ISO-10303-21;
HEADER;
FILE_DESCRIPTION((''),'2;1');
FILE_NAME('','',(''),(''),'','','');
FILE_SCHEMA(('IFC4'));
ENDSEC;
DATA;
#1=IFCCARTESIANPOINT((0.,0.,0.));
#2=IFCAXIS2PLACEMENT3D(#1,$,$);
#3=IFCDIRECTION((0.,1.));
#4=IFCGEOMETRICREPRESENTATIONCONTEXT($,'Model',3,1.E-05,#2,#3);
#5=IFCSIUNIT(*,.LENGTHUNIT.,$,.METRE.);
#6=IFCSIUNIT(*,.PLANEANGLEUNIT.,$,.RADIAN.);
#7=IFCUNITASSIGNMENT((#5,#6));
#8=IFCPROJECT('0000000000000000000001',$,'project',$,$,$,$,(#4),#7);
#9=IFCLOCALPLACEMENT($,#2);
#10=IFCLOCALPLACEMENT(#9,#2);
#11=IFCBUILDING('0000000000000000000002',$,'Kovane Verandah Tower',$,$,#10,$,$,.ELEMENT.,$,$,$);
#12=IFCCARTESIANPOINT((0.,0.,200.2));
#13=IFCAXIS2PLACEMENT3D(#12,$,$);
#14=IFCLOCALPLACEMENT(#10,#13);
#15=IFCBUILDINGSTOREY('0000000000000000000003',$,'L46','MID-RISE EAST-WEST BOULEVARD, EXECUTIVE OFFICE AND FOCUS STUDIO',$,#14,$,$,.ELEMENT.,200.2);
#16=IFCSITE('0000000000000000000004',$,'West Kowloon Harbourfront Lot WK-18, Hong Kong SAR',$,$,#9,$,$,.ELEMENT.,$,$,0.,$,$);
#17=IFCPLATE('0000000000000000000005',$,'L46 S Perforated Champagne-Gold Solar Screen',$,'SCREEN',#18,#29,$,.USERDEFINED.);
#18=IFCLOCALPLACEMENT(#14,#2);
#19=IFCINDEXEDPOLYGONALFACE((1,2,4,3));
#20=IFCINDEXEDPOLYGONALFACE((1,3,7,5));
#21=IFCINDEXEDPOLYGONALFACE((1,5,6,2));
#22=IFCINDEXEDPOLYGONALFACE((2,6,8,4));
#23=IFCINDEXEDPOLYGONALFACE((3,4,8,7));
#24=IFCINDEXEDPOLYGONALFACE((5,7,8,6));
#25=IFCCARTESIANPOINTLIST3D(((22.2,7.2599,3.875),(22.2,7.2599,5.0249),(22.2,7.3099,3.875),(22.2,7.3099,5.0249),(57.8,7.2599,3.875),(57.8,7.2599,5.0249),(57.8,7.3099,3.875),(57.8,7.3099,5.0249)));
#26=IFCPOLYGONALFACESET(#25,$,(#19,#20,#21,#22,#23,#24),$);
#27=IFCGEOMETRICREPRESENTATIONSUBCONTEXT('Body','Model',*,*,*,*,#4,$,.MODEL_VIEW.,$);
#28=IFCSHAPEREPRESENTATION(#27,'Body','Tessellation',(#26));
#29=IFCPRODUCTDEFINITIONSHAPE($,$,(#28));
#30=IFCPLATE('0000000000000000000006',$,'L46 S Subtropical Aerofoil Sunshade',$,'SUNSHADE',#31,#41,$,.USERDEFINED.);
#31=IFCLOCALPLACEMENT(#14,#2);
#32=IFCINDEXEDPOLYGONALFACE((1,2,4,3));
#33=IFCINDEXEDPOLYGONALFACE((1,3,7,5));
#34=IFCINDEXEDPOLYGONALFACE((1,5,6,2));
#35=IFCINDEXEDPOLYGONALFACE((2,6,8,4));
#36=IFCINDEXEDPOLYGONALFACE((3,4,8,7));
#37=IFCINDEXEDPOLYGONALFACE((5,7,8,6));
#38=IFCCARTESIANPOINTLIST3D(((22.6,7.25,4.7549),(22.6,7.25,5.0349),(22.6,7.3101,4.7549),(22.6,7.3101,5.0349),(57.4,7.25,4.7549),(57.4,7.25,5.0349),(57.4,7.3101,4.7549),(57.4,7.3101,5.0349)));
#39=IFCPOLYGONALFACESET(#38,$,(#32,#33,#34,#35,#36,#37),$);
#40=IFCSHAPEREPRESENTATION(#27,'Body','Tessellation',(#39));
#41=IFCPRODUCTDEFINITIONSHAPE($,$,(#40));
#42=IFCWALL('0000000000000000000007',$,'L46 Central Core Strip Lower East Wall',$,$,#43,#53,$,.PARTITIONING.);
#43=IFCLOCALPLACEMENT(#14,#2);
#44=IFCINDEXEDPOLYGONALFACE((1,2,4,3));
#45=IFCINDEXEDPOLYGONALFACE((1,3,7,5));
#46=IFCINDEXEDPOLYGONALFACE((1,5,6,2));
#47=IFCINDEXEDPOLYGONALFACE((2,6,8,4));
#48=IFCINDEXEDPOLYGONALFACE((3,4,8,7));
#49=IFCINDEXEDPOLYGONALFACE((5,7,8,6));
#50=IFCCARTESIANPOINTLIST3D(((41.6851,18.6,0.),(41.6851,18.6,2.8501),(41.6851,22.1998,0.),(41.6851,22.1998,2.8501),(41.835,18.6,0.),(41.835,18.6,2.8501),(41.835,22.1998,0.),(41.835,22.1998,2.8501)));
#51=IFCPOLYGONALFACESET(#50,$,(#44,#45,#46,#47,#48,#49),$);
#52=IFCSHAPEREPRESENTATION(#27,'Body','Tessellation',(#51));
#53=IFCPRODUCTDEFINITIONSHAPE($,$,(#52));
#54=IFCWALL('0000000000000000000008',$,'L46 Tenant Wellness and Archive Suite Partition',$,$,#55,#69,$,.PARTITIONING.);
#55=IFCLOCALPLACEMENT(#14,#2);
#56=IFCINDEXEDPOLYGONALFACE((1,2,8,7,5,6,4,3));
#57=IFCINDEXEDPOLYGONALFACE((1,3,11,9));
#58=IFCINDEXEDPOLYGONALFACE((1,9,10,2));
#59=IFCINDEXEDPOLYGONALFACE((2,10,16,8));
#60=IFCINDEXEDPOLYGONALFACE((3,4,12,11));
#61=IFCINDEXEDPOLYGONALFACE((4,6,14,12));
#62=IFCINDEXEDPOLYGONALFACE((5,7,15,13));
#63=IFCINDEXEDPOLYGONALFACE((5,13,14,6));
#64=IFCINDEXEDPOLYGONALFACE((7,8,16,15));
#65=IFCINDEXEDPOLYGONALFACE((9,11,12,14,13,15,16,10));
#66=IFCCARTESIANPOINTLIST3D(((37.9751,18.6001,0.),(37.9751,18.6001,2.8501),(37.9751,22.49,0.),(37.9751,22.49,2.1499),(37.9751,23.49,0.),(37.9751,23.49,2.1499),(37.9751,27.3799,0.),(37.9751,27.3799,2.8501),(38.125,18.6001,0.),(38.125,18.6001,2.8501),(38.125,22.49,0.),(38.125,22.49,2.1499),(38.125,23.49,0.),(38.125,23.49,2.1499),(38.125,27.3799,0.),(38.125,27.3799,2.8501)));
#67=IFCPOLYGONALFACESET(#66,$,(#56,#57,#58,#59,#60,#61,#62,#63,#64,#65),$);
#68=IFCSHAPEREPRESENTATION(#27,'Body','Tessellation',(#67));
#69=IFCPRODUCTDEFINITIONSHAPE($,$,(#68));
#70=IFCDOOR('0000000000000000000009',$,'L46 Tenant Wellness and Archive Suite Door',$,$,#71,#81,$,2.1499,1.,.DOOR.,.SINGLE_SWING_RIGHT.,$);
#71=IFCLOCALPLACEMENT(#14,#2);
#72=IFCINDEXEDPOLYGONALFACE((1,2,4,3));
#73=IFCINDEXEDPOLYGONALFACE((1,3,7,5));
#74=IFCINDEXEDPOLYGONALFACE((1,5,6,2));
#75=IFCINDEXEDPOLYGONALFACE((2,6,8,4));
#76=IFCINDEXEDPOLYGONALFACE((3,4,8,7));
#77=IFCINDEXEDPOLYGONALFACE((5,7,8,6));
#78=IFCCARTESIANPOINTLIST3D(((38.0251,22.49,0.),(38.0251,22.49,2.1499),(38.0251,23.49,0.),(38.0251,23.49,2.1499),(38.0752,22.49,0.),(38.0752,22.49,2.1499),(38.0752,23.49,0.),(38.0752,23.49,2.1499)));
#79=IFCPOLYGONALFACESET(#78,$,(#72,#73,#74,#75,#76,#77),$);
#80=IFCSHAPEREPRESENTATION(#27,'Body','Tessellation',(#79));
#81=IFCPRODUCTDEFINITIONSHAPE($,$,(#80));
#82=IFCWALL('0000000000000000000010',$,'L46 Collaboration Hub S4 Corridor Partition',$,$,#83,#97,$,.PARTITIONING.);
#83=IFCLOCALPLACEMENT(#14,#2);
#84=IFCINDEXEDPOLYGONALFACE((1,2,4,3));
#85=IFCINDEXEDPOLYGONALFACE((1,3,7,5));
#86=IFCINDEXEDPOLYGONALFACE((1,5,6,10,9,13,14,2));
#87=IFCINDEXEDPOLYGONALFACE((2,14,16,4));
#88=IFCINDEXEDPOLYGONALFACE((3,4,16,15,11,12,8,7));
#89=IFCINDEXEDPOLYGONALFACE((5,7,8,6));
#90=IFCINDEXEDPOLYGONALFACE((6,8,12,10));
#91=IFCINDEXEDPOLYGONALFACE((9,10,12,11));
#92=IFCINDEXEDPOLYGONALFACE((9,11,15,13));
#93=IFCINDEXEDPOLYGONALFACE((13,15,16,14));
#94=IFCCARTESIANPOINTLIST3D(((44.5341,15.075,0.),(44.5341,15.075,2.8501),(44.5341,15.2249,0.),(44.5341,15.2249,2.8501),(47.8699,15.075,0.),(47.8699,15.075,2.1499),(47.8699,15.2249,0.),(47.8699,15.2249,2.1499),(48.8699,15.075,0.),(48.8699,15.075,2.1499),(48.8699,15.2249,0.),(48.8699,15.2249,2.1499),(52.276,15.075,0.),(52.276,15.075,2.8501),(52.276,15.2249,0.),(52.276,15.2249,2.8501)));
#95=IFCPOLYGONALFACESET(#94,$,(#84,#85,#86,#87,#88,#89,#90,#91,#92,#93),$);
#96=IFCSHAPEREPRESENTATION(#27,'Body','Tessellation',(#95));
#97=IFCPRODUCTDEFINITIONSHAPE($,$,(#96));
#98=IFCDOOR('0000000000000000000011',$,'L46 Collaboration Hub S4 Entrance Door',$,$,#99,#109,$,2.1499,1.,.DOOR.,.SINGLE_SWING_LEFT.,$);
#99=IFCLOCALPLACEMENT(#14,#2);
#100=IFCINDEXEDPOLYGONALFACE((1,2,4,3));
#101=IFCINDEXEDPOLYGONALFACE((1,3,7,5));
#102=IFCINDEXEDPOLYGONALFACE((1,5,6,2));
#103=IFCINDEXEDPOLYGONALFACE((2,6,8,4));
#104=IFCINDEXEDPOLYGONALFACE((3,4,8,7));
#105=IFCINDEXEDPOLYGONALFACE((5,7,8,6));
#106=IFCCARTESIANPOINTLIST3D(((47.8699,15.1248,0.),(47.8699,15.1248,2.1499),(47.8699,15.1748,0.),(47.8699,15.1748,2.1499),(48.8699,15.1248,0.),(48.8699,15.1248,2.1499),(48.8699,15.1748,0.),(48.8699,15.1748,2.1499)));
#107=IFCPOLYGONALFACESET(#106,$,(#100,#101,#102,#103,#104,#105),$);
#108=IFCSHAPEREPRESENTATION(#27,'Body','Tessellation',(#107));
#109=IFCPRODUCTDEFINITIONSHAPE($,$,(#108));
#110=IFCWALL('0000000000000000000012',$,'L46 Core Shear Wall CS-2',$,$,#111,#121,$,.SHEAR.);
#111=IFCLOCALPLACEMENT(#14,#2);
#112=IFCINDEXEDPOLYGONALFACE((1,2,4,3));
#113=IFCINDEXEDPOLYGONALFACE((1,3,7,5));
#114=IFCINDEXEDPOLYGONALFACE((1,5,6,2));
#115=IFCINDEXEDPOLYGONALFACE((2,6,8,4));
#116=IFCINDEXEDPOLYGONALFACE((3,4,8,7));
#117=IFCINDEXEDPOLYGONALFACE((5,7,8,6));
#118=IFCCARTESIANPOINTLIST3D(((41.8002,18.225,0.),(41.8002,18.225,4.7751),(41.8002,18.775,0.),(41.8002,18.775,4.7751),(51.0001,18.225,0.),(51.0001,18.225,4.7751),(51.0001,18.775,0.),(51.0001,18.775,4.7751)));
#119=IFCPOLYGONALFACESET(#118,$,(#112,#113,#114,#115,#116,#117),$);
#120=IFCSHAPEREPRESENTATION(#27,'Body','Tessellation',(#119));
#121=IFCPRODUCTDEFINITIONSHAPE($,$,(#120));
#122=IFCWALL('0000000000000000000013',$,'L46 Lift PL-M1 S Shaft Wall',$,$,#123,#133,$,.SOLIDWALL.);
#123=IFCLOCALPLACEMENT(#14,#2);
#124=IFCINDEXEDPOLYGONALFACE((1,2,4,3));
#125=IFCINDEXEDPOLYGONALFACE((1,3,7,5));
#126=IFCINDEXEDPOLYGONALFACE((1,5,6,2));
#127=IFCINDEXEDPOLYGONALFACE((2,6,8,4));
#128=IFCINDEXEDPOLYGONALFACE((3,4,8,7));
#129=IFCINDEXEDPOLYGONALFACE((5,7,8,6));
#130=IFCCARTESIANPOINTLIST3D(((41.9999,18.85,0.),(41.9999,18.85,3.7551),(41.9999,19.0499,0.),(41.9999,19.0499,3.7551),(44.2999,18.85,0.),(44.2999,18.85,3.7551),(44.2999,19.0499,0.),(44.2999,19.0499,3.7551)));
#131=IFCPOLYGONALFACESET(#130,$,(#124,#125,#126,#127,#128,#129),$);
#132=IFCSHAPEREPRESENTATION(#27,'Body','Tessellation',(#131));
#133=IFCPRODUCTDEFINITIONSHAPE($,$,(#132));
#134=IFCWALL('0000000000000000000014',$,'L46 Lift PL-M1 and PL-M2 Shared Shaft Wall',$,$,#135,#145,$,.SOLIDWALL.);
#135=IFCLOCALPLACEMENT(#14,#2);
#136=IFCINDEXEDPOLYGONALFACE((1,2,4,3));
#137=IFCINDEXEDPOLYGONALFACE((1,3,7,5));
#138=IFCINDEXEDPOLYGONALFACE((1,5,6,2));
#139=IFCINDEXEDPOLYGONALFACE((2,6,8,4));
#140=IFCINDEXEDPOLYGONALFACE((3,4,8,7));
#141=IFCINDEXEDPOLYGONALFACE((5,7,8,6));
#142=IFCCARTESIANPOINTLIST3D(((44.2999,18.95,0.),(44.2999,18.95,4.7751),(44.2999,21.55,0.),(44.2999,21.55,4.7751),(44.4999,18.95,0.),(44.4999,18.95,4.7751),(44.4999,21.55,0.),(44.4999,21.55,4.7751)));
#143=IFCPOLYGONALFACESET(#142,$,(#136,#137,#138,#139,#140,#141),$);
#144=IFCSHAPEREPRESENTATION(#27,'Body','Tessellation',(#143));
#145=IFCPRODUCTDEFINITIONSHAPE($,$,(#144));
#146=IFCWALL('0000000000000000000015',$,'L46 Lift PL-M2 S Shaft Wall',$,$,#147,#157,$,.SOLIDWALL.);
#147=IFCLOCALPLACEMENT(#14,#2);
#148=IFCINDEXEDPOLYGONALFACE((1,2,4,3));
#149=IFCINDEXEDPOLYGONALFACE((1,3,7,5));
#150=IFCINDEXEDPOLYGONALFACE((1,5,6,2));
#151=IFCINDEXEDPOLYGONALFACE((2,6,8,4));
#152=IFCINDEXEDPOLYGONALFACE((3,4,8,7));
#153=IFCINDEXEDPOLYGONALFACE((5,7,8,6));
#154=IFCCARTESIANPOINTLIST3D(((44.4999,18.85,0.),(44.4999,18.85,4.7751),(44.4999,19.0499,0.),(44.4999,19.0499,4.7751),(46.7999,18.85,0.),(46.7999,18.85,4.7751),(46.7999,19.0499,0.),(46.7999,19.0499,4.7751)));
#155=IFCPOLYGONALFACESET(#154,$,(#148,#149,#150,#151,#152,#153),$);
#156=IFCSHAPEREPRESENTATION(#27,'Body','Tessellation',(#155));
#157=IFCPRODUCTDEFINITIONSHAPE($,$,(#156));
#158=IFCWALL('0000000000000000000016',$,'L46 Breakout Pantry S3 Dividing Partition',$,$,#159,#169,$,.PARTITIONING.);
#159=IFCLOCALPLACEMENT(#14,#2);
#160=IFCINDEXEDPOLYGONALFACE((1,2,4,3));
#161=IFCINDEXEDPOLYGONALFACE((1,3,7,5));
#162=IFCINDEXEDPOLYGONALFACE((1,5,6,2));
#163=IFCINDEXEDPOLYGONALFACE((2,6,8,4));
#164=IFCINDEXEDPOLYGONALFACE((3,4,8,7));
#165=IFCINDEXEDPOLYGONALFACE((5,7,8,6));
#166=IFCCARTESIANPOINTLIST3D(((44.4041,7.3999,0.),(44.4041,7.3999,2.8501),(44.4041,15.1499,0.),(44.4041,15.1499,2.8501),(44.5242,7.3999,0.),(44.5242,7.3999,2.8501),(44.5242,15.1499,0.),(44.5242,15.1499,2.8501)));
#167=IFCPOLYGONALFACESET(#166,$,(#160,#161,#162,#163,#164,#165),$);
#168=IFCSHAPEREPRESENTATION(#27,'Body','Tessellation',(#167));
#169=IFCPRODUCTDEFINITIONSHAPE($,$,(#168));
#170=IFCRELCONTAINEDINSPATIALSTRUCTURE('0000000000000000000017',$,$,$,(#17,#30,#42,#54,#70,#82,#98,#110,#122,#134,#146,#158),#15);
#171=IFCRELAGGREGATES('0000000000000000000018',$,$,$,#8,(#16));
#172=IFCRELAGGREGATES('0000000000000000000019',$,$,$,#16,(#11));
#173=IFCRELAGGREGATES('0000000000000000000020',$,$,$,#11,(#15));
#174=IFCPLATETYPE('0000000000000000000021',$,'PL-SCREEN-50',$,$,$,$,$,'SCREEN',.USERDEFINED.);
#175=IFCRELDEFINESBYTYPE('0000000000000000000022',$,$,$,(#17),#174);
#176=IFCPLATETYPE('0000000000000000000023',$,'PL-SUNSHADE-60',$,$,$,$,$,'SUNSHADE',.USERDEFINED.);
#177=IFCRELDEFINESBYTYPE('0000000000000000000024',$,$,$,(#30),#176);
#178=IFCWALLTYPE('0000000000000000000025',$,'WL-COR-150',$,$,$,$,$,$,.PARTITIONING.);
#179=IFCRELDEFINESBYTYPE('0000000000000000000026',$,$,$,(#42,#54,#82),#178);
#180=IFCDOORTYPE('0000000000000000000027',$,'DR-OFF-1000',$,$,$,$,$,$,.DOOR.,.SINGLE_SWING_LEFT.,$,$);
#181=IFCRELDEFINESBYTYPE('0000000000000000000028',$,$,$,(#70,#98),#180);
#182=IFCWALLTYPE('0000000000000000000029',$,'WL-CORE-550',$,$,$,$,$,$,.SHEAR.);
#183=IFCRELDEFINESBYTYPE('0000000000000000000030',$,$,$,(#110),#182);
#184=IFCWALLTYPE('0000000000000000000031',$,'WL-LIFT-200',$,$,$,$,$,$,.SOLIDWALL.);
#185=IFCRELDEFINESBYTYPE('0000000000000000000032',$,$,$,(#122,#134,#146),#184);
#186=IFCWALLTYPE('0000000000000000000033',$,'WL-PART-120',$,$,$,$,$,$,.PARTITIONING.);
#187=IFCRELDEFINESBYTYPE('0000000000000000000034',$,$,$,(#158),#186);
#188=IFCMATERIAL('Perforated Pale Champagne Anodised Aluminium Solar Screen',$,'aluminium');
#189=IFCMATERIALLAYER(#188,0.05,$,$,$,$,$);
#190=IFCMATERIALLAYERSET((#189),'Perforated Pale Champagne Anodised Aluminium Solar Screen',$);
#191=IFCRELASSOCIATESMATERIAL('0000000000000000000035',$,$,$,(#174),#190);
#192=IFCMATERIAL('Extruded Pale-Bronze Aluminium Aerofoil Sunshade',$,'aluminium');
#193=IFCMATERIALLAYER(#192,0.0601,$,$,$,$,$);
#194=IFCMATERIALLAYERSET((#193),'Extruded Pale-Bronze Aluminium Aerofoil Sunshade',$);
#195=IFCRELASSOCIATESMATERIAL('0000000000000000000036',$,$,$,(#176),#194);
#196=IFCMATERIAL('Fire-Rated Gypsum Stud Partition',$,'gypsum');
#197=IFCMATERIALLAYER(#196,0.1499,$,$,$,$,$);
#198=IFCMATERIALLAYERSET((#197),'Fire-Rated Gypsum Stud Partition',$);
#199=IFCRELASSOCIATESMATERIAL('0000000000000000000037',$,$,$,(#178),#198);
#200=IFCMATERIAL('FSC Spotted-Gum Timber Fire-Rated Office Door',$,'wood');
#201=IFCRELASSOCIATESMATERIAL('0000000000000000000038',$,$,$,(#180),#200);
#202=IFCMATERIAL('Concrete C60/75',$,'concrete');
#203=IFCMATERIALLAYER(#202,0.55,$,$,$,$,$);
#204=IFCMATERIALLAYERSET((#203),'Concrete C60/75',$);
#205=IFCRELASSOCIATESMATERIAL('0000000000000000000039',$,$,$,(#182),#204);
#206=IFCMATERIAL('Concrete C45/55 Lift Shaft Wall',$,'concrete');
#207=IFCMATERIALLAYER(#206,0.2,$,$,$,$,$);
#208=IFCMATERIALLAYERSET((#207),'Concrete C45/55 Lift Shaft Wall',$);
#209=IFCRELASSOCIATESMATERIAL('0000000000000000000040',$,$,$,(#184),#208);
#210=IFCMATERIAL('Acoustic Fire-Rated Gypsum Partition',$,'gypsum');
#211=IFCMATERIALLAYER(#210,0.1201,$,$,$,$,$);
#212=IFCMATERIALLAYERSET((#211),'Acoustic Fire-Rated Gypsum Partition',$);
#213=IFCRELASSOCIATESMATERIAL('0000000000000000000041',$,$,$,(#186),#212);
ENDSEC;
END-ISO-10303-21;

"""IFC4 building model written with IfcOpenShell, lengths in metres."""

from ifc_helpers import new_model, si_unit, direction, frame, frame_2d, origin, origin_2d, place, context, subcontext, project, spatial, rectangle, extrude, material, layer, layer_set, type_object, element, fill, save


model = new_model("IFC4")

# Units and contexts
model_context = context("Model", 3, precision=1e-05, world=origin(), true_north=direction((0.0, 1.0)))
body_context = subcontext(model_context, "Body", "Model", "MODEL_VIEW")
ifc_project = project(units=[si_unit("LENGTHUNIT", "METRE"), si_unit("PLANEANGLEUNIT", "RADIAN")], contexts=[model_context])

# Site, building, storey
site_placement = place(None, origin())
site = spatial("IfcSite", under=ifc_project, at=site_placement, Name="West Kowloon Harbourfront Lot WK-18, Hong Kong SAR", CompositionType="ELEMENT", RefElevation=0.0)
building_placement = place(site_placement, origin())
building = spatial("IfcBuilding", under=site, at=building_placement, Name="Kovane Verandah Tower", CompositionType="ELEMENT")
storey_placement = place(building_placement, frame((0.0, 0.0, 200.2)))
storey = spatial("IfcBuildingStorey", under=building, at=storey_placement, Name="L46", Description="MID-RISE EAST-WEST BOULEVARD, EXECUTIVE OFFICE AND FOCUS STUDIO", CompositionType="ELEMENT", Elevation=200.2)

# Shared definitions
ifc_material_1 = material(Name="Concrete C60/75", Category="concrete")

# Plates
ifc_material_2 = material(Name="Perforated Pale Champagne Anodised Aluminium Solar Screen", Category="aluminium")
ifc_layer_1 = layer(ifc_material_2, 0.05)
ifc_layer_set_1 = layer_set([ifc_layer_1], Name="Perforated Pale Champagne Anodised Aluminium Solar Screen")
plate_type_1 = type_object("IfcPlateType", Name="PL-SCREEN-50", ElementType="SCREEN", PredefinedType="USERDEFINED", material=ifc_layer_set_1)
plate_1_placement = place(storey_placement, frame((40.0, 7.2849, 3.875), z_axis=(0.0, 0.0, 1.0), x_axis=(1.0, 0.0, 0.0)))
element("IfcPlate", 1, at=plate_1_placement, inside=storey, type_object=plate_type_1, Name="L46 S Perforated Champagne-Gold Solar Screen", ObjectType="SCREEN", PredefinedType="USERDEFINED", context=body_context, shape_type="SweptSolid", body=[
    extrude(rectangle(XDim=35.6001, YDim=0.05, at=origin_2d()), origin(), (0.0, 0.0, 1.0), 1.1499),
])
ifc_material_3 = material(Name="Extruded Pale-Bronze Aluminium Aerofoil Sunshade", Category="aluminium")
ifc_layer_2 = layer(ifc_material_3, 0.0601)
ifc_layer_set_2 = layer_set([ifc_layer_2], Name="Extruded Pale-Bronze Aluminium Aerofoil Sunshade")
plate_type_2 = type_object("IfcPlateType", Name="PL-SUNSHADE-60", ElementType="SUNSHADE", PredefinedType="USERDEFINED", material=ifc_layer_set_2)
plate_2_placement = place(storey_placement, frame((40.0, 7.28, 4.7549), z_axis=(0.0, 0.0, 1.0), x_axis=(1.0, 0.0, 0.0)))
element("IfcPlate", 2, at=plate_2_placement, inside=storey, type_object=plate_type_2, Name="L46 S Subtropical Aerofoil Sunshade", ObjectType="SUNSHADE", PredefinedType="USERDEFINED", context=body_context, shape_type="SweptSolid", body=[
    extrude(rectangle(XDim=34.8, YDim=0.0601, at=origin_2d()), origin(), (0.0, 0.0, 1.0), 0.28),
])

# Wall
ifc_material_4 = material(Name="Fire-Rated Gypsum Stud Partition", Category="gypsum")
ifc_layer_3 = layer(ifc_material_4, 0.1499)
ifc_layer_set_3 = layer_set([ifc_layer_3], Name="Fire-Rated Gypsum Stud Partition")
wall_type_1 = type_object("IfcWallType", Name="WL-COR-150", PredefinedType="PARTITIONING", material=ifc_layer_set_3)
wall_1_placement = place(storey_placement, frame((41.76, 18.6001, 0.0), z_axis=(0.0, 0.0, 1.0), x_axis=(0.0, 1.0, 0.0)))
element("IfcWall", 3, at=wall_1_placement, inside=storey, type_object=wall_type_1, Name="L46 Central Core Strip Lower East Wall", PredefinedType="PARTITIONING", context=body_context, shape_type="SweptSolid", body=[
    extrude(rectangle(XDim=3.5999, YDim=0.1499, at=frame_2d((1.7998, 0.0))), origin(), (0.0, 0.0, 1.0), 2.8501),
])

# Walls, openings, doors
wall_2_placement = place(storey_placement, frame((38.05, 18.6001, 0.0), z_axis=(0.0, 0.0, 1.0), x_axis=(0.0, 1.0, 0.0)))
wall_2 = element("IfcWall", 4, at=wall_2_placement, inside=storey, type_object=wall_type_1, Name="L46 Tenant Wellness and Archive Suite Partition", PredefinedType="PARTITIONING", context=body_context, shape_type="SweptSolid", body=[
    extrude(rectangle(XDim=8.7798, YDim=0.1499, at=frame_2d((4.3899, 0.0))), origin(), (0.0, 0.0, 1.0), 2.8501),
])
opening_1_placement = place(wall_2_placement, frame((3.8899, 0.0, 0.0)))
opening_1 = element("IfcOpeningElement", 5, at=opening_1_placement, cuts=wall_2, PredefinedType="OPENING", context=body_context, shape_type="SweptSolid", body=[
    extrude(rectangle(XDim=1.0, YDim=2.1499, at=frame_2d((0.5, 1.075))), frame((0.0, 0.075, 0.0), z_axis=(0.0, -1.0, 0.0), x_axis=(1.0, 0.0, 0.0)), (0.0, 0.0, 1.0), 0.1499),
])
ifc_material_5 = material(Name="FSC Spotted-Gum Timber Fire-Rated Office Door", Category="wood")
door_type = type_object("IfcDoorType", Name="DR-OFF-1000", OperationType="SINGLE_SWING_LEFT", PredefinedType="DOOR", material=ifc_material_5)
door_1_placement = place(opening_1_placement, origin())
door_1 = element("IfcDoor", 6, at=door_1_placement, inside=storey, type_object=door_type, Name="L46 Tenant Wellness and Archive Suite Door", OperationType="SINGLE_SWING_RIGHT", OverallHeight=2.1499, OverallWidth=1.0, PredefinedType="DOOR", context=body_context, shape_type="SweptSolid", body=[
    extrude(rectangle(XDim=1.0, YDim=2.1499, at=frame_2d((0.5, 1.075))), frame((0.0, 0.0249, 0.0), z_axis=(0.0, -1.0, 0.0), x_axis=(1.0, 0.0, 0.0)), (0.0, 0.0, 1.0), 0.05),
])
fill(opening_1, door_1)
wall_3_placement = place(storey_placement, frame((44.5339, 15.1499, 0.0), z_axis=(0.0, 0.0, 1.0), x_axis=(1.0, 0.0, 0.0)))
wall_3 = element("IfcWall", 7, at=wall_3_placement, inside=storey, type_object=wall_type_1, Name="L46 Collaboration Hub S4 Corridor Partition", PredefinedType="PARTITIONING", context=body_context, shape_type="SweptSolid", body=[
    extrude(rectangle(XDim=7.7419, YDim=0.1499, at=frame_2d((3.8711, 0.0))), origin(), (0.0, 0.0, 1.0), 2.8501),
])
opening_2_placement = place(wall_3_placement, frame((3.3359, 0.0, 0.0)))
opening_2 = element("IfcOpeningElement", 8, at=opening_2_placement, cuts=wall_3, PredefinedType="OPENING", context=body_context, shape_type="SweptSolid", body=[
    extrude(rectangle(XDim=1.0, YDim=2.1499, at=frame_2d((0.5, 1.075))), frame((0.0, 0.075, 0.0), z_axis=(0.0, -1.0, 0.0), x_axis=(1.0, 0.0, 0.0)), (0.0, 0.0, 1.0), 0.1499),
])
door_2_placement = place(opening_2_placement, origin())
door_2 = element("IfcDoor", 9, at=door_2_placement, inside=storey, type_object=door_type, Name="L46 Collaboration Hub S4 Entrance Door", OperationType="SINGLE_SWING_LEFT", OverallHeight=2.1499, OverallWidth=1.0, PredefinedType="DOOR", context=body_context, shape_type="SweptSolid", body=[
    extrude(rectangle(XDim=1.0, YDim=2.1499, at=frame_2d((0.5, 1.075))), frame((0.0, 0.0249, 0.0), z_axis=(0.0, -1.0, 0.0), x_axis=(1.0, 0.0, 0.0)), (0.0, 0.0, 1.0), 0.05),
])
fill(opening_2, door_2)

# Walls
ifc_layer_4 = layer(ifc_material_1, 0.55)
ifc_layer_set_4 = layer_set([ifc_layer_4], Name="Concrete C60/75")
wall_type_2 = type_object("IfcWallType", Name="WL-CORE-550", PredefinedType="SHEAR", material=ifc_layer_set_4)
wall_4_placement = place(storey_placement, frame((41.8, 18.5, 0.0), z_axis=(0.0, 0.0, 1.0), x_axis=(1.0, 0.0, 0.0)))
element("IfcWall", 10, at=wall_4_placement, inside=storey, type_object=wall_type_2, Name="L46 Core Shear Wall CS-2", PredefinedType="SHEAR", context=body_context, shape_type="SweptSolid", body=[
    extrude(rectangle(XDim=9.2, YDim=0.55, at=frame_2d((4.6001, 0.0))), origin(), (0.0, 0.0, 1.0), 4.7751),
])
ifc_material_6 = material(Name="Concrete C45/55 Lift Shaft Wall", Category="concrete")
ifc_layer_5 = layer(ifc_material_6, 0.2)
ifc_layer_set_5 = layer_set([ifc_layer_5], Name="Concrete C45/55 Lift Shaft Wall")
wall_type_3 = type_object("IfcWallType", Name="WL-LIFT-200", PredefinedType="SOLIDWALL", material=ifc_layer_set_5)
wall_5_placement = place(storey_placement, frame((42.0, 18.95, 0.0), z_axis=(0.0, 0.0, 1.0), x_axis=(1.0, 0.0, 0.0)))
element("IfcWall", 11, at=wall_5_placement, inside=storey, type_object=wall_type_3, Name="L46 Lift PL-M1 S Shaft Wall", PredefinedType="SOLIDWALL", context=body_context, shape_type="SweptSolid", body=[
    extrude(rectangle(XDim=2.3, YDim=0.2, at=frame_2d((1.1499, 0.0))), origin(), (0.0, 0.0, 1.0), 3.7551),
])
wall_6_placement = place(storey_placement, frame((44.3999, 18.95, 0.0), z_axis=(0.0, 0.0, 1.0), x_axis=(0.0, 1.0, 0.0)))
element("IfcWall", 12, at=wall_6_placement, inside=storey, type_object=wall_type_3, Name="L46 Lift PL-M1 and PL-M2 Shared Shaft Wall", PredefinedType="SOLIDWALL", context=body_context, shape_type="SweptSolid", body=[
    extrude(rectangle(XDim=2.6001, YDim=0.2, at=frame_2d((1.3, 0.0))), origin(), (0.0, 0.0, 1.0), 4.7751),
])
wall_7_placement = place(storey_placement, frame((44.5, 18.95, 0.0), z_axis=(0.0, 0.0, 1.0), x_axis=(1.0, 0.0, 0.0)))
element("IfcWall", 13, at=wall_7_placement, inside=storey, type_object=wall_type_3, Name="L46 Lift PL-M2 S Shaft Wall", PredefinedType="SOLIDWALL", context=body_context, shape_type="SweptSolid", body=[
    extrude(rectangle(XDim=2.3, YDim=0.2, at=frame_2d((1.1499, 0.0))), origin(), (0.0, 0.0, 1.0), 4.7751),
])
ifc_material_7 = material(Name="Acoustic Fire-Rated Gypsum Partition", Category="gypsum")
ifc_layer_6 = layer(ifc_material_7, 0.1201)
ifc_layer_set_6 = layer_set([ifc_layer_6], Name="Acoustic Fire-Rated Gypsum Partition")
wall_type_4 = type_object("IfcWallType", Name="WL-PART-120", PredefinedType="PARTITIONING", material=ifc_layer_set_6)
wall_8_placement = place(storey_placement, frame((44.4641, 7.3999, 0.0), z_axis=(0.0, 0.0, 1.0), x_axis=(0.0, 1.0, 0.0)))
element("IfcWall", 14, at=wall_8_placement, inside=storey, type_object=wall_type_4, Name="L46 Breakout Pantry S3 Dividing Partition", PredefinedType="PARTITIONING", context=body_context, shape_type="SweptSolid", body=[
    extrude(rectangle(XDim=7.75, YDim=0.1201, at=frame_2d((3.875, 0.0))), origin(), (0.0, 0.0, 1.0), 2.8501),
])

save(model, "model.ifc")
